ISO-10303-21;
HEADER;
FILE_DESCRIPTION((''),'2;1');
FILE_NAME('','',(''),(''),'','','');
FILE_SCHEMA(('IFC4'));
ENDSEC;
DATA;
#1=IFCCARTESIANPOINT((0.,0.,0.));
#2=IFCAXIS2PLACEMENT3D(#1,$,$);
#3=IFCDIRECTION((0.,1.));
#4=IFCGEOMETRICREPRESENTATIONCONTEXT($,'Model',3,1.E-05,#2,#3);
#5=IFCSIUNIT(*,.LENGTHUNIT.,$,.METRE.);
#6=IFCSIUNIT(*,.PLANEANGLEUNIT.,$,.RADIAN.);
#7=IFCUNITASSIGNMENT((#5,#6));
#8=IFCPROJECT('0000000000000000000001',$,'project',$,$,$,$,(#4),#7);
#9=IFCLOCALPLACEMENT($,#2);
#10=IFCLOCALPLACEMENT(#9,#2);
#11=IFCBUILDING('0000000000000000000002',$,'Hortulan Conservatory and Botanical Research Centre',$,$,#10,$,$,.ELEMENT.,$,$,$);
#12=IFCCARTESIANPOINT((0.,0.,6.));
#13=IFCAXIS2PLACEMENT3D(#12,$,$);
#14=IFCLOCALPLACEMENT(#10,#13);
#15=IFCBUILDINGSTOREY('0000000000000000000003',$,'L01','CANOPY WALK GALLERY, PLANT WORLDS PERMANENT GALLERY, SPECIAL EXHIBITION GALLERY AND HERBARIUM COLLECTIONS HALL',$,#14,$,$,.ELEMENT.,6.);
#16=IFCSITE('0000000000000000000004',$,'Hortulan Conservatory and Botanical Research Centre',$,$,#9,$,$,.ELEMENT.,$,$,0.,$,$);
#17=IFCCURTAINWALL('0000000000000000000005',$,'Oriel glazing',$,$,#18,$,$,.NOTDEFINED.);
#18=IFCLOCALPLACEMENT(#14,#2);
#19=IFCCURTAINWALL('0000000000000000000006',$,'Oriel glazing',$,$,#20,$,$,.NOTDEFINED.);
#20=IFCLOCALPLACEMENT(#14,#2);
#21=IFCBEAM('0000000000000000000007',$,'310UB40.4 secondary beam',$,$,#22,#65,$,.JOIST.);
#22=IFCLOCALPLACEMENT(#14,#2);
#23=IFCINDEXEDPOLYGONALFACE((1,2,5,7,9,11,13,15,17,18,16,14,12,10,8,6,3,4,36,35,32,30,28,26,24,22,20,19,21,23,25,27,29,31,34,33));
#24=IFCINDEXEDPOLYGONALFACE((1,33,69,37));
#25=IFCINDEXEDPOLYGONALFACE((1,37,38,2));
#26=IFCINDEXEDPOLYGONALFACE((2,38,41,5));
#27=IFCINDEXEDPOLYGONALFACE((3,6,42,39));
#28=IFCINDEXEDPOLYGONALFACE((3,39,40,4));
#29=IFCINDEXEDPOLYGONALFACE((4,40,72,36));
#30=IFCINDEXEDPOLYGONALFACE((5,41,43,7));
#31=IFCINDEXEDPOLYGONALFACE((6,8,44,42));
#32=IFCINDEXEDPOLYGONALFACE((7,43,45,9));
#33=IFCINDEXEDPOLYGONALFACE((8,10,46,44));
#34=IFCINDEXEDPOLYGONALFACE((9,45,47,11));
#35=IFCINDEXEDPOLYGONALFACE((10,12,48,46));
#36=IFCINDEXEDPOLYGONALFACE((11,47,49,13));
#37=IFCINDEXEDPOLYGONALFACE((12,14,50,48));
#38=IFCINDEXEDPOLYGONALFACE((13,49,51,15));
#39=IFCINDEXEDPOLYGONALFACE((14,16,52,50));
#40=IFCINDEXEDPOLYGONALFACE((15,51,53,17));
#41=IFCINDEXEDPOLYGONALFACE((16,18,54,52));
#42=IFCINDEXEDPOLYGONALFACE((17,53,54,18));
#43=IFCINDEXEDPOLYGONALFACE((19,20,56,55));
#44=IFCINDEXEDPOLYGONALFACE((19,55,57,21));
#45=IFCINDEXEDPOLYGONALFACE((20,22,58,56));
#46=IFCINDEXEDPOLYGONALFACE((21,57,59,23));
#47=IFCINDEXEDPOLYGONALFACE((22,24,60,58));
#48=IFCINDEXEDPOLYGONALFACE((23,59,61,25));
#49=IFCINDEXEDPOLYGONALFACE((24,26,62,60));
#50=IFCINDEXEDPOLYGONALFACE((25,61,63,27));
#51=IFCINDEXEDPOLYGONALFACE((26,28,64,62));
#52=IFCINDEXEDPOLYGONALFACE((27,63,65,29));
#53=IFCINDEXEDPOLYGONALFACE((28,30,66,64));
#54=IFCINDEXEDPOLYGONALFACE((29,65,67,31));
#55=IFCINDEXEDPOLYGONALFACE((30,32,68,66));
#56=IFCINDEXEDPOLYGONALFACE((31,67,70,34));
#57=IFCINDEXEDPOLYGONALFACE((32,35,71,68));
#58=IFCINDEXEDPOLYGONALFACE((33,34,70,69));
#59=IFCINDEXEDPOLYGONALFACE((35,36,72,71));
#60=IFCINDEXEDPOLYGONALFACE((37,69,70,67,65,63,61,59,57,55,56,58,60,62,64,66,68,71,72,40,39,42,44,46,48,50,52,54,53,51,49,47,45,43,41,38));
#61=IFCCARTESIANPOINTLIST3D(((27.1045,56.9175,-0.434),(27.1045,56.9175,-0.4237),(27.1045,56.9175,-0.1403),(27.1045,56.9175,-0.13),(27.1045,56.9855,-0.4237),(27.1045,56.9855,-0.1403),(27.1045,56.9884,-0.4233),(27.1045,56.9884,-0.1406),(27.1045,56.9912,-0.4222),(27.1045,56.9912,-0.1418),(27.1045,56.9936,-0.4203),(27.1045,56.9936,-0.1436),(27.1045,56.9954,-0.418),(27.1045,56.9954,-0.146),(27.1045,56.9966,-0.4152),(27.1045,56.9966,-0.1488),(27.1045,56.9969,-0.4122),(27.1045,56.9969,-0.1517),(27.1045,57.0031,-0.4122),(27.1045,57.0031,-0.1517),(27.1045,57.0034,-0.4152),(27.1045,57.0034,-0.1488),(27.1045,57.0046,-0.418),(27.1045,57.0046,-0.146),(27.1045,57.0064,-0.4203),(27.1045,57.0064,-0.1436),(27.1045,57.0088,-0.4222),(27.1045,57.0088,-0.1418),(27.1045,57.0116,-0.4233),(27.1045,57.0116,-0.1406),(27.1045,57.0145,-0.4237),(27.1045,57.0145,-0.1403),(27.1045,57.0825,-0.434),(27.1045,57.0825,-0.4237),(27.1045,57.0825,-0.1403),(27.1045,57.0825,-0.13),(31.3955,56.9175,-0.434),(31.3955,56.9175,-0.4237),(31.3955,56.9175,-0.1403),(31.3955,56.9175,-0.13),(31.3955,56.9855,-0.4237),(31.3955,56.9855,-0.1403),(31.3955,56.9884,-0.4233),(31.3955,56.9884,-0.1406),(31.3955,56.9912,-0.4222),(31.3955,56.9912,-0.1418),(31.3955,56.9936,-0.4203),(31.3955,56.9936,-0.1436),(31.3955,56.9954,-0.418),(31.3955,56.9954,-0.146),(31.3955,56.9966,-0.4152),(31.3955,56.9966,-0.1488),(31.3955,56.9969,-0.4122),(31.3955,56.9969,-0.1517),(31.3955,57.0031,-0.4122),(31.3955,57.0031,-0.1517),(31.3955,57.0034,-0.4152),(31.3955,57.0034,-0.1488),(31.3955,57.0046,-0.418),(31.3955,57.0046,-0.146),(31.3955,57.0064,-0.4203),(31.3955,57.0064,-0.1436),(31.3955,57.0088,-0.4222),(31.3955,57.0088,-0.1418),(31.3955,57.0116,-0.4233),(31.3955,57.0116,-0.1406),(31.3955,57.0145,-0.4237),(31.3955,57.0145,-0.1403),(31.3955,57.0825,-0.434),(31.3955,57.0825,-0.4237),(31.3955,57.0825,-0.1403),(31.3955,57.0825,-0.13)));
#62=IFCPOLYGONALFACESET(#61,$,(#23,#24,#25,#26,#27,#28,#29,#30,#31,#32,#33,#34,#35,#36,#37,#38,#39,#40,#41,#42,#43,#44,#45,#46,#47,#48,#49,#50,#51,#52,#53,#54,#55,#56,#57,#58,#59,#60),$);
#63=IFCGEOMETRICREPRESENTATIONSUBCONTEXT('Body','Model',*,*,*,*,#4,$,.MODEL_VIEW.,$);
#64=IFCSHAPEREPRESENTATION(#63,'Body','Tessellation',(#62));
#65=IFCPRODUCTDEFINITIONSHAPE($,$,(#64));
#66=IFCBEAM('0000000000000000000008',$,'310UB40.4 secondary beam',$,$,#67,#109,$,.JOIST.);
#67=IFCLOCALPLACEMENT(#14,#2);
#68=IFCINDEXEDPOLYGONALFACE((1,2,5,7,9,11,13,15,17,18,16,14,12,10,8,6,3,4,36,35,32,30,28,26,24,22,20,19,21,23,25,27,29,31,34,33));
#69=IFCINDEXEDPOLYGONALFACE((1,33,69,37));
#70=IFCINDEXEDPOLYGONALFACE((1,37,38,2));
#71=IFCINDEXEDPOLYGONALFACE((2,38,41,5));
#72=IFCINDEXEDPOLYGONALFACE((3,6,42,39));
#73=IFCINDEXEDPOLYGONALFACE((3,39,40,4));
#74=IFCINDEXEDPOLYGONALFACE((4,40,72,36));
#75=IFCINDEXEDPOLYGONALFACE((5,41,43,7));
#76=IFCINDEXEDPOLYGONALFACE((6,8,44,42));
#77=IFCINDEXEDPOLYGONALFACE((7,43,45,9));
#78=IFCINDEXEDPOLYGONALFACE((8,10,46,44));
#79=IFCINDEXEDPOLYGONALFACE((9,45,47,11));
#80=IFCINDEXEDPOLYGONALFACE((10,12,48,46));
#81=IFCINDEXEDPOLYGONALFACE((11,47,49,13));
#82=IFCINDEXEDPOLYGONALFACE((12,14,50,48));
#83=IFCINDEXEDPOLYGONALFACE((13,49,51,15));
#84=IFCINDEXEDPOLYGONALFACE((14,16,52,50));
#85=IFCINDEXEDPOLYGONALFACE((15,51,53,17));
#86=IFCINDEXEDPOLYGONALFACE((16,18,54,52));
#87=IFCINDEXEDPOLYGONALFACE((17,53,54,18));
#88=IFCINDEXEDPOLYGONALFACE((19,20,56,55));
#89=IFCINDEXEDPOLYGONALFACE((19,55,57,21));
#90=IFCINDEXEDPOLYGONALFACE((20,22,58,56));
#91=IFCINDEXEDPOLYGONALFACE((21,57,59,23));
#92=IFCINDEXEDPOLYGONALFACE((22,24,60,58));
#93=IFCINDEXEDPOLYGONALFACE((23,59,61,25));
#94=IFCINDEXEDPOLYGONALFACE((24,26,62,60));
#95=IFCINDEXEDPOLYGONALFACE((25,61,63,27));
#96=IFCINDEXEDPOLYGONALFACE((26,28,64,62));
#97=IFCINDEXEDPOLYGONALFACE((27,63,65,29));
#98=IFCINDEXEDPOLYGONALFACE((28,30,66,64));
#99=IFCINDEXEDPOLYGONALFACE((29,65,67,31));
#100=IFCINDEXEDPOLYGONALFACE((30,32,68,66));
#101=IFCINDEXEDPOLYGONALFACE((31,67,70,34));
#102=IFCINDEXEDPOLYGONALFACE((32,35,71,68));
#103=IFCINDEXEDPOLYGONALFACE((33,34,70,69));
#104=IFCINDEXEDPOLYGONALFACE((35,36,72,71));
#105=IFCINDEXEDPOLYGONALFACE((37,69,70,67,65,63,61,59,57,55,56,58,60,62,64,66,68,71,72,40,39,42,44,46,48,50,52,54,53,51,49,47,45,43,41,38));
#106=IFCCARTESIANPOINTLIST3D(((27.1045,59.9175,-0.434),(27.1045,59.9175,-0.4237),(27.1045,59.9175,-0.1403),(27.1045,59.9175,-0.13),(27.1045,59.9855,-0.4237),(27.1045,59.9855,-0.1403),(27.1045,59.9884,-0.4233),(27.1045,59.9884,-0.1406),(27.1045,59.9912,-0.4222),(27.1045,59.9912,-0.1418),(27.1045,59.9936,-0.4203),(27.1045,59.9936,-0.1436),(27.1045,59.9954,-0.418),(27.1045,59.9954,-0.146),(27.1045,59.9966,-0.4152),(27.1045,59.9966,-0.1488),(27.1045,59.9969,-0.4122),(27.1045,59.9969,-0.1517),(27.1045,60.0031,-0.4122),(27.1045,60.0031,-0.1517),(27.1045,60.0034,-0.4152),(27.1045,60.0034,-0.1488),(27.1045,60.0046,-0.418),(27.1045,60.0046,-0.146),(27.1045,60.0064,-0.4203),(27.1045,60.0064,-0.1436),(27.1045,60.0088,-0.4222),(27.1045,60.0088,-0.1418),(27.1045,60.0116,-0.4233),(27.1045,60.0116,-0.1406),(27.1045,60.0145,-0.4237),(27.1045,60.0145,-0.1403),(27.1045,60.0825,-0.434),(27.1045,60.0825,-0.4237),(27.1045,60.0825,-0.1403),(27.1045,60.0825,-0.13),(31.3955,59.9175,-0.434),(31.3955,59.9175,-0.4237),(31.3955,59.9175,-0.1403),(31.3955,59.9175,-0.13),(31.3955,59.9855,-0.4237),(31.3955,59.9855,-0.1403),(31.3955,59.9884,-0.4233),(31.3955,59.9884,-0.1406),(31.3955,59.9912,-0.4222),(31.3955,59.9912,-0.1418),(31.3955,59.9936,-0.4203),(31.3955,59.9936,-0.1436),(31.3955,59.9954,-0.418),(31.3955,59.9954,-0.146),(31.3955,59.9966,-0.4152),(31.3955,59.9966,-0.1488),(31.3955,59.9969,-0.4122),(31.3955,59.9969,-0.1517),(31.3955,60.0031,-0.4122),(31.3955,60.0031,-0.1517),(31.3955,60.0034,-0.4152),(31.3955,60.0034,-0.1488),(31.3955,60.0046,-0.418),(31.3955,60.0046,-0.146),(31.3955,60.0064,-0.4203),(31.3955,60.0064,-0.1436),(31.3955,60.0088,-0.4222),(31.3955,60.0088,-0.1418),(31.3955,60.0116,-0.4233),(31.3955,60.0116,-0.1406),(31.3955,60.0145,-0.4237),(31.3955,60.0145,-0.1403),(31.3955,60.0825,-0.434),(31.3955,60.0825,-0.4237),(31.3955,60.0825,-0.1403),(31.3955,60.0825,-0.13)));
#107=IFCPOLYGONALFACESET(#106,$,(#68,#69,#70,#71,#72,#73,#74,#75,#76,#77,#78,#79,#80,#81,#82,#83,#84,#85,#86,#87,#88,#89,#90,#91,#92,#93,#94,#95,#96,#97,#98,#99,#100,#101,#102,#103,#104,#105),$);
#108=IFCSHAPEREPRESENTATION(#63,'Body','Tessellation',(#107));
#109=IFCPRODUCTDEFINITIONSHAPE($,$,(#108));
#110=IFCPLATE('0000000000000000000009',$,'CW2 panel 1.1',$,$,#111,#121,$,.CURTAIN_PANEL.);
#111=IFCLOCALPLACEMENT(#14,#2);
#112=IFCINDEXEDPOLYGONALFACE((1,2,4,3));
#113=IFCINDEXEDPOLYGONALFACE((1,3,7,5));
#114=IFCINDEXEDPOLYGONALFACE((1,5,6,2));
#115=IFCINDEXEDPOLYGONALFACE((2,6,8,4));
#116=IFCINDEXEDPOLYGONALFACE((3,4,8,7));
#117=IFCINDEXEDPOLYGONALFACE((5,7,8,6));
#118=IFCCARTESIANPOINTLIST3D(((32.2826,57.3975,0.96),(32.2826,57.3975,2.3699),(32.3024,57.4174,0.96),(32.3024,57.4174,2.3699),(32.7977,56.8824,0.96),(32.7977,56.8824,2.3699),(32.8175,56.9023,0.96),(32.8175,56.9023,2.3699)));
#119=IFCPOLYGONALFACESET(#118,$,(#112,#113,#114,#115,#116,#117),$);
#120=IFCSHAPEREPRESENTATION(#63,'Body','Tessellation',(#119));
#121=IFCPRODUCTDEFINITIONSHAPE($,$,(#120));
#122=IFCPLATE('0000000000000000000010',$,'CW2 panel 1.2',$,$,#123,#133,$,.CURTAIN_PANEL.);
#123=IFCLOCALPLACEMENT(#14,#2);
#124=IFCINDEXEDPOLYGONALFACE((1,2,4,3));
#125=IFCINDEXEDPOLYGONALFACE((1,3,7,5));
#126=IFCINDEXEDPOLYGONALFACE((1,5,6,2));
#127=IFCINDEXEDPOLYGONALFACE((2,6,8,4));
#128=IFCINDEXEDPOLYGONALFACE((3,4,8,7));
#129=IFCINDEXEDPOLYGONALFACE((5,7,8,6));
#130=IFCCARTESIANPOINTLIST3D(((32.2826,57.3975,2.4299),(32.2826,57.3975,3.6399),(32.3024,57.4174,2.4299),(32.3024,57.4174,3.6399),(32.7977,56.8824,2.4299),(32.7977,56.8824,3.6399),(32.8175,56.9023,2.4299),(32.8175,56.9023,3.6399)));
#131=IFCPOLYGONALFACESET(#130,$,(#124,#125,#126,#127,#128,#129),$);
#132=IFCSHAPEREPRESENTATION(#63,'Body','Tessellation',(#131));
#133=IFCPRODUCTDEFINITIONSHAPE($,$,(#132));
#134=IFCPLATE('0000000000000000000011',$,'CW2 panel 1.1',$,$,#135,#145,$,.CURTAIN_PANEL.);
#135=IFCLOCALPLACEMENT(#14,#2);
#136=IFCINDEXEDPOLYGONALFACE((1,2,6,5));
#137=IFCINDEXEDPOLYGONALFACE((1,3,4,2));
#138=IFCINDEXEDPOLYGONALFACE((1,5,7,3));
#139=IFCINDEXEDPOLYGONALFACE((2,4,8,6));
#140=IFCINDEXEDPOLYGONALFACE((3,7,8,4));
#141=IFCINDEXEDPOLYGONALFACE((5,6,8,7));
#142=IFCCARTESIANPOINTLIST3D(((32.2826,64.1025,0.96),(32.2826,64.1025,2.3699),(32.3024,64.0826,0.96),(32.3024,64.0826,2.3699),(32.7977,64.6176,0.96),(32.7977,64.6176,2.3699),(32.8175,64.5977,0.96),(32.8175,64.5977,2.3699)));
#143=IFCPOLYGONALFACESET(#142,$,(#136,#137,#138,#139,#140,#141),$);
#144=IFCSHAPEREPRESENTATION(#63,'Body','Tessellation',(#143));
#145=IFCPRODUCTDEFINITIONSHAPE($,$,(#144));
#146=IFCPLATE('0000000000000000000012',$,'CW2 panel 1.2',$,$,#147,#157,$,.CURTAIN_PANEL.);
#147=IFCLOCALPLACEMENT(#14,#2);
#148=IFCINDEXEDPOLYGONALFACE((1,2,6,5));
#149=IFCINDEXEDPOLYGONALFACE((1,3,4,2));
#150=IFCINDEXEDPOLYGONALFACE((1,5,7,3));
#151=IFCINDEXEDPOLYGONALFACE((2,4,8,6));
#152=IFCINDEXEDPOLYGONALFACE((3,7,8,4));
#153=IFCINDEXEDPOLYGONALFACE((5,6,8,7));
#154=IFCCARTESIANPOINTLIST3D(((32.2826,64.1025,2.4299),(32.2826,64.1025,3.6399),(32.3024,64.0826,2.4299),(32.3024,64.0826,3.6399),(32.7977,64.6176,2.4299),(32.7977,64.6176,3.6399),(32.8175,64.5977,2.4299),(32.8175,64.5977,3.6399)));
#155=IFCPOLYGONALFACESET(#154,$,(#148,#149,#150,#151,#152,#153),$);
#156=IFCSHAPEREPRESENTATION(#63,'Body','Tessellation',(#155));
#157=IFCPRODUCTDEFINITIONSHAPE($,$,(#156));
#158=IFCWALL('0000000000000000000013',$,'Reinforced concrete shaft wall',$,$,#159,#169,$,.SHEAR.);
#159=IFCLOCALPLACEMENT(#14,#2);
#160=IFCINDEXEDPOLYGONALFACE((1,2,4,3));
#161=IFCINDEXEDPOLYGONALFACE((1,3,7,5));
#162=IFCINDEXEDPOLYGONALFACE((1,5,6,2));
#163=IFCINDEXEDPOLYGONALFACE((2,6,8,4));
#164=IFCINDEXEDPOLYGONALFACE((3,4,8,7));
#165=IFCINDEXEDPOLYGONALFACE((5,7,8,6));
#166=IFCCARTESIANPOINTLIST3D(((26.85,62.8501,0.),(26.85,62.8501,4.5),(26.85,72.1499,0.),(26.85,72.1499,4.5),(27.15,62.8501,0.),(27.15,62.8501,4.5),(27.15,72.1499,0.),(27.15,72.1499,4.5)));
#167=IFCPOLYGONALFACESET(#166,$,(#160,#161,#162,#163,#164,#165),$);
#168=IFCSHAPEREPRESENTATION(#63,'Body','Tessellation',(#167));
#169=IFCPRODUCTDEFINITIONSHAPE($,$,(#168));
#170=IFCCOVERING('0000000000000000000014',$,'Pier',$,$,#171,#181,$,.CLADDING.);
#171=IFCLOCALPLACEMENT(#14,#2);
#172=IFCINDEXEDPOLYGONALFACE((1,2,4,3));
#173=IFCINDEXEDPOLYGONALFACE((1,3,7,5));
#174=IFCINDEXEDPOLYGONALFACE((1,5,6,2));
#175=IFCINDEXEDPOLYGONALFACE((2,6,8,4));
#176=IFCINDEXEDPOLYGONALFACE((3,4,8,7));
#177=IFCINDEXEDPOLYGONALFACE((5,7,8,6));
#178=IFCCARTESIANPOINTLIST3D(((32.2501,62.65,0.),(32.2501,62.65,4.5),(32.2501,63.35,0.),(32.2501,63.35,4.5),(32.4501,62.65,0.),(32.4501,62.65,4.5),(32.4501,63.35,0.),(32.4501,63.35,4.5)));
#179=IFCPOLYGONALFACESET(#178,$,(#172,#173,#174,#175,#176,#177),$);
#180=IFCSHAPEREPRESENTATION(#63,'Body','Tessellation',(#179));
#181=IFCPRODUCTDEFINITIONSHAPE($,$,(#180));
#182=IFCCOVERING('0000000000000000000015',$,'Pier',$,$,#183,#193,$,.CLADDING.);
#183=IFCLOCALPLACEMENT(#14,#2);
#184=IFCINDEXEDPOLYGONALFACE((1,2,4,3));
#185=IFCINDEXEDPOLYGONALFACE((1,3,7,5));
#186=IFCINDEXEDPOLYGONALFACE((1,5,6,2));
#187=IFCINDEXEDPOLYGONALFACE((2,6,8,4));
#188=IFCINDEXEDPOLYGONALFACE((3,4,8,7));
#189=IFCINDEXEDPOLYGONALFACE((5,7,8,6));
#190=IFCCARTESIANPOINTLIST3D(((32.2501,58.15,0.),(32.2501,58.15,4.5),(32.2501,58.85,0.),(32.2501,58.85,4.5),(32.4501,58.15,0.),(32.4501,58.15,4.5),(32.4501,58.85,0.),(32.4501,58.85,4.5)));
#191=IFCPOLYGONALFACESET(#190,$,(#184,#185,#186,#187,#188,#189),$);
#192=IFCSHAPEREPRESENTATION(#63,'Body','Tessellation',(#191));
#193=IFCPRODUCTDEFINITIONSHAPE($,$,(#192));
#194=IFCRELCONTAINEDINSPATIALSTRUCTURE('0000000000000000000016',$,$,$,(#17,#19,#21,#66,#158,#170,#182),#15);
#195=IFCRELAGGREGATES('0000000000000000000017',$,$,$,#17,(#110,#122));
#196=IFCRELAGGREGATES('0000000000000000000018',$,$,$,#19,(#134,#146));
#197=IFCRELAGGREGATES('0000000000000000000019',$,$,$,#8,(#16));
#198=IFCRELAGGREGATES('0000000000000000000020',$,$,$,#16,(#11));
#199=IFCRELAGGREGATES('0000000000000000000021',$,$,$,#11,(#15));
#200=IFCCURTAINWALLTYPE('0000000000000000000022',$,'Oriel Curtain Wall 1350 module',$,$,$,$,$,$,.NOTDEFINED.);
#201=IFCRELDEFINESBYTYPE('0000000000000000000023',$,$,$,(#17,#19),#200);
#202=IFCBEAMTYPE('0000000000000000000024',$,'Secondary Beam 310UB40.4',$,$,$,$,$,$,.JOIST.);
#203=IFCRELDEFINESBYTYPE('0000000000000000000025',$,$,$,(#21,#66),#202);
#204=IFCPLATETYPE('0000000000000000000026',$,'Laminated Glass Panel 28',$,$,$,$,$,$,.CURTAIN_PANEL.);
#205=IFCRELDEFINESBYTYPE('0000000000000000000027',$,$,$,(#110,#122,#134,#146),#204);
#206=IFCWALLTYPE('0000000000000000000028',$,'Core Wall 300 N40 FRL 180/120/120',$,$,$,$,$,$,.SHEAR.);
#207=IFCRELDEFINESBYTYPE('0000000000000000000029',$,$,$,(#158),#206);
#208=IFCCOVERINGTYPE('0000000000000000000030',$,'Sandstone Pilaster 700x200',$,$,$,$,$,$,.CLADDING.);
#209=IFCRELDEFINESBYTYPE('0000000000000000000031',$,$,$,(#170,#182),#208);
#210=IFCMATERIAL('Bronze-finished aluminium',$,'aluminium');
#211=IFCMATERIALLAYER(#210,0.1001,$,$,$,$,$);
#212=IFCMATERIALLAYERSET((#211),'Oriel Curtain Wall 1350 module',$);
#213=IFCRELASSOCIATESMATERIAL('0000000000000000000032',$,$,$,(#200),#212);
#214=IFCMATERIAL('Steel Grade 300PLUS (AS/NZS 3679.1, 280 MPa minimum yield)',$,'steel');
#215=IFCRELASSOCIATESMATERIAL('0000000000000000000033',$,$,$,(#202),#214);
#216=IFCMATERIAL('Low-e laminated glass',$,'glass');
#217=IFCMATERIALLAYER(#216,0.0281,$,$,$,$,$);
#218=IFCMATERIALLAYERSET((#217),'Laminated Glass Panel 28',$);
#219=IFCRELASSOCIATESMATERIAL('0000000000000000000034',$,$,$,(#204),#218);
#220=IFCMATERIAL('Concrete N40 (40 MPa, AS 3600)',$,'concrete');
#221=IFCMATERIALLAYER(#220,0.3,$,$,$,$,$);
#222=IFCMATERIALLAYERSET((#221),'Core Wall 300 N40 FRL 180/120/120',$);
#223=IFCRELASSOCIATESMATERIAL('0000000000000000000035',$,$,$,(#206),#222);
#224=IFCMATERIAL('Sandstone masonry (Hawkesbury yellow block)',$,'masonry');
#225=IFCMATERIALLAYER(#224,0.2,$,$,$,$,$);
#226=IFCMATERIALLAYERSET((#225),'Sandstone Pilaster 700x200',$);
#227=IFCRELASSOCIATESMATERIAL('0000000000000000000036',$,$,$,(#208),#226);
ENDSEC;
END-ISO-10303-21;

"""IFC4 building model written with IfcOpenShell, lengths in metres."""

from ifc_helpers import new_model, si_unit, direction, frame, frame_2d, origin, origin_2d, place, context, subcontext, project, spatial, rectangle, i_section, extrude, material, layer, layer_set, material_profile, profile_set, type_object, element, aggregate, save


model = new_model("IFC4")

# Units and contexts
model_context = context("Model", 3, precision=1e-05, world=origin(), true_north=direction((0.0, 1.0)))
body_context = subcontext(model_context, "Body", "Model", "MODEL_VIEW")
ifc_project = project(units=[si_unit("LENGTHUNIT", "METRE"), si_unit("PLANEANGLEUNIT", "RADIAN")], contexts=[model_context])

# Site, building, storey
site_placement = place(None, origin())
site = spatial("IfcSite", under=ifc_project, at=site_placement, Name="Hortulan Conservatory and Botanical Research Centre", CompositionType="ELEMENT", RefElevation=0.0)
building_placement = place(site_placement, origin())
building = spatial("IfcBuilding", under=site, at=building_placement, Name="Hortulan Conservatory and Botanical Research Centre", CompositionType="ELEMENT")
storey_placement = place(building_placement, frame((0.0, 0.0, 6.0)))
storey = spatial("IfcBuildingStorey", under=building, at=storey_placement, Name="L01", Description="CANOPY WALK GALLERY, PLANT WORLDS PERMANENT GALLERY, SPECIAL EXHIBITION GALLERY AND HERBARIUM COLLECTIONS HALL", CompositionType="ELEMENT", Elevation=6.0)

# Shared definitions
ifc_material_1 = material(Name="Steel Grade 300PLUS (AS/NZS 3679.1, 280 MPa minimum yield)", Category="steel")

# Curtain wall
ifc_material_2 = material(Name="Bronze-finished aluminium", Category="aluminium")
ifc_layer_1 = layer(ifc_material_2, 0.1001)
ifc_layer_set_1 = layer_set([ifc_layer_1], Name="Oriel Curtain Wall 1350 module")
curtain_wall_type = type_object("IfcCurtainWallType", Name="Oriel Curtain Wall 1350 module", PredefinedType="NOTDEFINED", material=ifc_layer_set_1)
curtain_wall_1_placement = place(storey_placement, origin())
curtain_wall_1 = element("IfcCurtainWall", 1, at=curtain_wall_1_placement, inside=storey, type_object=curtain_wall_type, Name="Oriel glazing", PredefinedType="NOTDEFINED")

# Curtain wall
curtain_wall_2_placement = place(storey_placement, origin())
curtain_wall_2 = element("IfcCurtainWall", 2, at=curtain_wall_2_placement, inside=storey, type_object=curtain_wall_type, Name="Oriel glazing", PredefinedType="NOTDEFINED")

# Beams
ifc_material_profile_1 = material_profile(ifc_material_1, i_section(OverallWidth=0.165, OverallDepth=0.304, WebThickness=0.0061, FlangeThickness=0.0103, FilletRadius=0.0115, at=origin_2d()), Name="310UB40.4")
ifc_profile_set_1 = profile_set([ifc_material_profile_1], Name="Steel Grade 300PLUS (AS/NZS 3679.1, 280 MPa minimum yield)")
beam_type_1 = type_object("IfcBeamType", Name="Secondary Beam 310UB40.4", PredefinedType="JOIST", material=ifc_profile_set_1)
for number, where, z_axis, x_axis, name in (
    (3, (27.1045, 57.0, -0.282), (1.0, 0.0, 0.0), (0.0, 1.0, 0.0), "310UB40.4 secondary beam"),
    (4, (27.1045, 60.0, -0.282), (1.0, 0.0, 0.0), (0.0, 1.0, 0.0), "310UB40.4 secondary beam"),
):
    element("IfcBeam", number, at=place(storey_placement, frame(where, z_axis=z_axis, x_axis=x_axis)), inside=storey, type_object=beam_type_1, Name=name, PredefinedType="JOIST", context=body_context, shape_type="SweptSolid", body=[
        extrude(i_section(OverallWidth=0.165, OverallDepth=0.304, WebThickness=0.0061, FlangeThickness=0.0103, FilletRadius=0.0115, at=origin_2d()), origin(), (0.0, 0.0, 1.0), 4.291),
    ])

# Plates
ifc_material_3 = material(Name="Low-e laminated glass", Category="glass")
ifc_layer_2 = layer(ifc_material_3, 0.0281)
ifc_layer_set_2 = layer_set([ifc_layer_2], Name="Laminated Glass Panel 28")
plate_type = type_object("IfcPlateType", Name="Laminated Glass Panel 28", PredefinedType="CURTAIN_PANEL", material=ifc_layer_set_2)
plate_1_placement = place(storey_placement, frame((32.55, 57.1499, 0.96), z_axis=(0.0, 0.0, 1.0), x_axis=(0.707107, -0.707107, 0.0)))
plate_1 = element("IfcPlate", 5, at=plate_1_placement, type_object=plate_type, Name="CW2 panel 1.1", PredefinedType="CURTAIN_PANEL", context=body_context, shape_type="SweptSolid", body=[
    extrude(rectangle(XDim=0.7285, YDim=0.0281, at=origin_2d()), origin(), (0.0, 0.0, 1.0), 1.4099),
])
plate_2_placement = place(storey_placement, frame((32.55, 57.1499, 2.4299), z_axis=(0.0, 0.0, 1.0), x_axis=(0.707107, -0.707107, 0.0)))
plate_2 = element("IfcPlate", 6, at=plate_2_placement, type_object=plate_type, Name="CW2 panel 1.2", PredefinedType="CURTAIN_PANEL", context=body_context, shape_type="SweptSolid", body=[
    extrude(rectangle(XDim=0.7285, YDim=0.0281, at=origin_2d()), origin(), (0.0, 0.0, 1.0), 1.21),
])
aggregate(curtain_wall_1, [plate_1, plate_2])
plate_3_placement = place(storey_placement, frame((32.55, 64.3501, 0.96), z_axis=(0.0, 0.0, 1.0), x_axis=(-0.707107, -0.707107, 0.0)))
plate_3 = element("IfcPlate", 7, at=plate_3_placement, type_object=plate_type, Name="CW2 panel 1.1", PredefinedType="CURTAIN_PANEL", context=body_context, shape_type="SweptSolid", body=[
    extrude(rectangle(XDim=0.7285, YDim=0.0281, at=origin_2d()), origin(), (0.0, 0.0, 1.0), 1.4099),
])
plate_4_placement = place(storey_placement, frame((32.55, 64.3501, 2.4299), z_axis=(0.0, 0.0, 1.0), x_axis=(-0.707107, -0.707107, 0.0)))
plate_4 = element("IfcPlate", 8, at=plate_4_placement, type_object=plate_type, Name="CW2 panel 1.2", PredefinedType="CURTAIN_PANEL", context=body_context, shape_type="SweptSolid", body=[
    extrude(rectangle(XDim=0.7285, YDim=0.0281, at=origin_2d()), origin(), (0.0, 0.0, 1.0), 1.21),
])
aggregate(curtain_wall_2, [plate_3, plate_4])

# Wall
ifc_material_4 = material(Name="Concrete N40 (40 MPa, AS 3600)", Category="concrete")
ifc_layer_3 = layer(ifc_material_4, 0.3)
ifc_layer_set_3 = layer_set([ifc_layer_3], Name="Core Wall 300 N40 FRL 180/120/120")
wall_type = type_object("IfcWallType", Name="Core Wall 300 N40 FRL 180/120/120", PredefinedType="SHEAR", material=ifc_layer_set_3)
wall_placement = place(storey_placement, frame((27.0, 62.8501, 0.0), z_axis=(0.0, 0.0, 1.0), x_axis=(0.0, 1.0, 0.0)))
element("IfcWall", 9, at=wall_placement, inside=storey, type_object=wall_type, Name="Reinforced concrete shaft wall", PredefinedType="SHEAR", context=body_context, shape_type="SweptSolid", body=[
    extrude(rectangle(XDim=9.2998, YDim=0.3, at=frame_2d((4.6499, 0.0))), origin(), (0.0, 0.0, 1.0), 4.5),
])

# Coverings
ifc_material_5 = material(Name="Sandstone masonry (Hawkesbury yellow block)", Category="masonry")
ifc_layer_4 = layer(ifc_material_5, 0.2)
ifc_layer_set_4 = layer_set([ifc_layer_4], Name="Sandstone Pilaster 700x200")
covering_type = type_object("IfcCoveringType", Name="Sandstone Pilaster 700x200", PredefinedType="CLADDING", material=ifc_layer_set_4)
for number, where, z_axis, x_axis, name in (
    (10, (32.3501, 63.0, 0.0), (0.0, 0.0, 1.0), (0.0, -1.0, 0.0), "Pier"),
    (11, (32.3501, 58.5, 0.0), (0.0, 0.0, 1.0), (0.0, -1.0, 0.0), "Pier"),
):
    element("IfcCovering", number, at=place(storey_placement, frame(where, z_axis=z_axis, x_axis=x_axis)), inside=storey, type_object=covering_type, Name=name, PredefinedType="CLADDING", context=body_context, shape_type="SweptSolid", body=[
        extrude(rectangle(XDim=0.7, YDim=0.2, at=origin_2d()), origin(), (0.0, 0.0, 1.0), 4.5),
    ])

save(model, "model.ifc")
